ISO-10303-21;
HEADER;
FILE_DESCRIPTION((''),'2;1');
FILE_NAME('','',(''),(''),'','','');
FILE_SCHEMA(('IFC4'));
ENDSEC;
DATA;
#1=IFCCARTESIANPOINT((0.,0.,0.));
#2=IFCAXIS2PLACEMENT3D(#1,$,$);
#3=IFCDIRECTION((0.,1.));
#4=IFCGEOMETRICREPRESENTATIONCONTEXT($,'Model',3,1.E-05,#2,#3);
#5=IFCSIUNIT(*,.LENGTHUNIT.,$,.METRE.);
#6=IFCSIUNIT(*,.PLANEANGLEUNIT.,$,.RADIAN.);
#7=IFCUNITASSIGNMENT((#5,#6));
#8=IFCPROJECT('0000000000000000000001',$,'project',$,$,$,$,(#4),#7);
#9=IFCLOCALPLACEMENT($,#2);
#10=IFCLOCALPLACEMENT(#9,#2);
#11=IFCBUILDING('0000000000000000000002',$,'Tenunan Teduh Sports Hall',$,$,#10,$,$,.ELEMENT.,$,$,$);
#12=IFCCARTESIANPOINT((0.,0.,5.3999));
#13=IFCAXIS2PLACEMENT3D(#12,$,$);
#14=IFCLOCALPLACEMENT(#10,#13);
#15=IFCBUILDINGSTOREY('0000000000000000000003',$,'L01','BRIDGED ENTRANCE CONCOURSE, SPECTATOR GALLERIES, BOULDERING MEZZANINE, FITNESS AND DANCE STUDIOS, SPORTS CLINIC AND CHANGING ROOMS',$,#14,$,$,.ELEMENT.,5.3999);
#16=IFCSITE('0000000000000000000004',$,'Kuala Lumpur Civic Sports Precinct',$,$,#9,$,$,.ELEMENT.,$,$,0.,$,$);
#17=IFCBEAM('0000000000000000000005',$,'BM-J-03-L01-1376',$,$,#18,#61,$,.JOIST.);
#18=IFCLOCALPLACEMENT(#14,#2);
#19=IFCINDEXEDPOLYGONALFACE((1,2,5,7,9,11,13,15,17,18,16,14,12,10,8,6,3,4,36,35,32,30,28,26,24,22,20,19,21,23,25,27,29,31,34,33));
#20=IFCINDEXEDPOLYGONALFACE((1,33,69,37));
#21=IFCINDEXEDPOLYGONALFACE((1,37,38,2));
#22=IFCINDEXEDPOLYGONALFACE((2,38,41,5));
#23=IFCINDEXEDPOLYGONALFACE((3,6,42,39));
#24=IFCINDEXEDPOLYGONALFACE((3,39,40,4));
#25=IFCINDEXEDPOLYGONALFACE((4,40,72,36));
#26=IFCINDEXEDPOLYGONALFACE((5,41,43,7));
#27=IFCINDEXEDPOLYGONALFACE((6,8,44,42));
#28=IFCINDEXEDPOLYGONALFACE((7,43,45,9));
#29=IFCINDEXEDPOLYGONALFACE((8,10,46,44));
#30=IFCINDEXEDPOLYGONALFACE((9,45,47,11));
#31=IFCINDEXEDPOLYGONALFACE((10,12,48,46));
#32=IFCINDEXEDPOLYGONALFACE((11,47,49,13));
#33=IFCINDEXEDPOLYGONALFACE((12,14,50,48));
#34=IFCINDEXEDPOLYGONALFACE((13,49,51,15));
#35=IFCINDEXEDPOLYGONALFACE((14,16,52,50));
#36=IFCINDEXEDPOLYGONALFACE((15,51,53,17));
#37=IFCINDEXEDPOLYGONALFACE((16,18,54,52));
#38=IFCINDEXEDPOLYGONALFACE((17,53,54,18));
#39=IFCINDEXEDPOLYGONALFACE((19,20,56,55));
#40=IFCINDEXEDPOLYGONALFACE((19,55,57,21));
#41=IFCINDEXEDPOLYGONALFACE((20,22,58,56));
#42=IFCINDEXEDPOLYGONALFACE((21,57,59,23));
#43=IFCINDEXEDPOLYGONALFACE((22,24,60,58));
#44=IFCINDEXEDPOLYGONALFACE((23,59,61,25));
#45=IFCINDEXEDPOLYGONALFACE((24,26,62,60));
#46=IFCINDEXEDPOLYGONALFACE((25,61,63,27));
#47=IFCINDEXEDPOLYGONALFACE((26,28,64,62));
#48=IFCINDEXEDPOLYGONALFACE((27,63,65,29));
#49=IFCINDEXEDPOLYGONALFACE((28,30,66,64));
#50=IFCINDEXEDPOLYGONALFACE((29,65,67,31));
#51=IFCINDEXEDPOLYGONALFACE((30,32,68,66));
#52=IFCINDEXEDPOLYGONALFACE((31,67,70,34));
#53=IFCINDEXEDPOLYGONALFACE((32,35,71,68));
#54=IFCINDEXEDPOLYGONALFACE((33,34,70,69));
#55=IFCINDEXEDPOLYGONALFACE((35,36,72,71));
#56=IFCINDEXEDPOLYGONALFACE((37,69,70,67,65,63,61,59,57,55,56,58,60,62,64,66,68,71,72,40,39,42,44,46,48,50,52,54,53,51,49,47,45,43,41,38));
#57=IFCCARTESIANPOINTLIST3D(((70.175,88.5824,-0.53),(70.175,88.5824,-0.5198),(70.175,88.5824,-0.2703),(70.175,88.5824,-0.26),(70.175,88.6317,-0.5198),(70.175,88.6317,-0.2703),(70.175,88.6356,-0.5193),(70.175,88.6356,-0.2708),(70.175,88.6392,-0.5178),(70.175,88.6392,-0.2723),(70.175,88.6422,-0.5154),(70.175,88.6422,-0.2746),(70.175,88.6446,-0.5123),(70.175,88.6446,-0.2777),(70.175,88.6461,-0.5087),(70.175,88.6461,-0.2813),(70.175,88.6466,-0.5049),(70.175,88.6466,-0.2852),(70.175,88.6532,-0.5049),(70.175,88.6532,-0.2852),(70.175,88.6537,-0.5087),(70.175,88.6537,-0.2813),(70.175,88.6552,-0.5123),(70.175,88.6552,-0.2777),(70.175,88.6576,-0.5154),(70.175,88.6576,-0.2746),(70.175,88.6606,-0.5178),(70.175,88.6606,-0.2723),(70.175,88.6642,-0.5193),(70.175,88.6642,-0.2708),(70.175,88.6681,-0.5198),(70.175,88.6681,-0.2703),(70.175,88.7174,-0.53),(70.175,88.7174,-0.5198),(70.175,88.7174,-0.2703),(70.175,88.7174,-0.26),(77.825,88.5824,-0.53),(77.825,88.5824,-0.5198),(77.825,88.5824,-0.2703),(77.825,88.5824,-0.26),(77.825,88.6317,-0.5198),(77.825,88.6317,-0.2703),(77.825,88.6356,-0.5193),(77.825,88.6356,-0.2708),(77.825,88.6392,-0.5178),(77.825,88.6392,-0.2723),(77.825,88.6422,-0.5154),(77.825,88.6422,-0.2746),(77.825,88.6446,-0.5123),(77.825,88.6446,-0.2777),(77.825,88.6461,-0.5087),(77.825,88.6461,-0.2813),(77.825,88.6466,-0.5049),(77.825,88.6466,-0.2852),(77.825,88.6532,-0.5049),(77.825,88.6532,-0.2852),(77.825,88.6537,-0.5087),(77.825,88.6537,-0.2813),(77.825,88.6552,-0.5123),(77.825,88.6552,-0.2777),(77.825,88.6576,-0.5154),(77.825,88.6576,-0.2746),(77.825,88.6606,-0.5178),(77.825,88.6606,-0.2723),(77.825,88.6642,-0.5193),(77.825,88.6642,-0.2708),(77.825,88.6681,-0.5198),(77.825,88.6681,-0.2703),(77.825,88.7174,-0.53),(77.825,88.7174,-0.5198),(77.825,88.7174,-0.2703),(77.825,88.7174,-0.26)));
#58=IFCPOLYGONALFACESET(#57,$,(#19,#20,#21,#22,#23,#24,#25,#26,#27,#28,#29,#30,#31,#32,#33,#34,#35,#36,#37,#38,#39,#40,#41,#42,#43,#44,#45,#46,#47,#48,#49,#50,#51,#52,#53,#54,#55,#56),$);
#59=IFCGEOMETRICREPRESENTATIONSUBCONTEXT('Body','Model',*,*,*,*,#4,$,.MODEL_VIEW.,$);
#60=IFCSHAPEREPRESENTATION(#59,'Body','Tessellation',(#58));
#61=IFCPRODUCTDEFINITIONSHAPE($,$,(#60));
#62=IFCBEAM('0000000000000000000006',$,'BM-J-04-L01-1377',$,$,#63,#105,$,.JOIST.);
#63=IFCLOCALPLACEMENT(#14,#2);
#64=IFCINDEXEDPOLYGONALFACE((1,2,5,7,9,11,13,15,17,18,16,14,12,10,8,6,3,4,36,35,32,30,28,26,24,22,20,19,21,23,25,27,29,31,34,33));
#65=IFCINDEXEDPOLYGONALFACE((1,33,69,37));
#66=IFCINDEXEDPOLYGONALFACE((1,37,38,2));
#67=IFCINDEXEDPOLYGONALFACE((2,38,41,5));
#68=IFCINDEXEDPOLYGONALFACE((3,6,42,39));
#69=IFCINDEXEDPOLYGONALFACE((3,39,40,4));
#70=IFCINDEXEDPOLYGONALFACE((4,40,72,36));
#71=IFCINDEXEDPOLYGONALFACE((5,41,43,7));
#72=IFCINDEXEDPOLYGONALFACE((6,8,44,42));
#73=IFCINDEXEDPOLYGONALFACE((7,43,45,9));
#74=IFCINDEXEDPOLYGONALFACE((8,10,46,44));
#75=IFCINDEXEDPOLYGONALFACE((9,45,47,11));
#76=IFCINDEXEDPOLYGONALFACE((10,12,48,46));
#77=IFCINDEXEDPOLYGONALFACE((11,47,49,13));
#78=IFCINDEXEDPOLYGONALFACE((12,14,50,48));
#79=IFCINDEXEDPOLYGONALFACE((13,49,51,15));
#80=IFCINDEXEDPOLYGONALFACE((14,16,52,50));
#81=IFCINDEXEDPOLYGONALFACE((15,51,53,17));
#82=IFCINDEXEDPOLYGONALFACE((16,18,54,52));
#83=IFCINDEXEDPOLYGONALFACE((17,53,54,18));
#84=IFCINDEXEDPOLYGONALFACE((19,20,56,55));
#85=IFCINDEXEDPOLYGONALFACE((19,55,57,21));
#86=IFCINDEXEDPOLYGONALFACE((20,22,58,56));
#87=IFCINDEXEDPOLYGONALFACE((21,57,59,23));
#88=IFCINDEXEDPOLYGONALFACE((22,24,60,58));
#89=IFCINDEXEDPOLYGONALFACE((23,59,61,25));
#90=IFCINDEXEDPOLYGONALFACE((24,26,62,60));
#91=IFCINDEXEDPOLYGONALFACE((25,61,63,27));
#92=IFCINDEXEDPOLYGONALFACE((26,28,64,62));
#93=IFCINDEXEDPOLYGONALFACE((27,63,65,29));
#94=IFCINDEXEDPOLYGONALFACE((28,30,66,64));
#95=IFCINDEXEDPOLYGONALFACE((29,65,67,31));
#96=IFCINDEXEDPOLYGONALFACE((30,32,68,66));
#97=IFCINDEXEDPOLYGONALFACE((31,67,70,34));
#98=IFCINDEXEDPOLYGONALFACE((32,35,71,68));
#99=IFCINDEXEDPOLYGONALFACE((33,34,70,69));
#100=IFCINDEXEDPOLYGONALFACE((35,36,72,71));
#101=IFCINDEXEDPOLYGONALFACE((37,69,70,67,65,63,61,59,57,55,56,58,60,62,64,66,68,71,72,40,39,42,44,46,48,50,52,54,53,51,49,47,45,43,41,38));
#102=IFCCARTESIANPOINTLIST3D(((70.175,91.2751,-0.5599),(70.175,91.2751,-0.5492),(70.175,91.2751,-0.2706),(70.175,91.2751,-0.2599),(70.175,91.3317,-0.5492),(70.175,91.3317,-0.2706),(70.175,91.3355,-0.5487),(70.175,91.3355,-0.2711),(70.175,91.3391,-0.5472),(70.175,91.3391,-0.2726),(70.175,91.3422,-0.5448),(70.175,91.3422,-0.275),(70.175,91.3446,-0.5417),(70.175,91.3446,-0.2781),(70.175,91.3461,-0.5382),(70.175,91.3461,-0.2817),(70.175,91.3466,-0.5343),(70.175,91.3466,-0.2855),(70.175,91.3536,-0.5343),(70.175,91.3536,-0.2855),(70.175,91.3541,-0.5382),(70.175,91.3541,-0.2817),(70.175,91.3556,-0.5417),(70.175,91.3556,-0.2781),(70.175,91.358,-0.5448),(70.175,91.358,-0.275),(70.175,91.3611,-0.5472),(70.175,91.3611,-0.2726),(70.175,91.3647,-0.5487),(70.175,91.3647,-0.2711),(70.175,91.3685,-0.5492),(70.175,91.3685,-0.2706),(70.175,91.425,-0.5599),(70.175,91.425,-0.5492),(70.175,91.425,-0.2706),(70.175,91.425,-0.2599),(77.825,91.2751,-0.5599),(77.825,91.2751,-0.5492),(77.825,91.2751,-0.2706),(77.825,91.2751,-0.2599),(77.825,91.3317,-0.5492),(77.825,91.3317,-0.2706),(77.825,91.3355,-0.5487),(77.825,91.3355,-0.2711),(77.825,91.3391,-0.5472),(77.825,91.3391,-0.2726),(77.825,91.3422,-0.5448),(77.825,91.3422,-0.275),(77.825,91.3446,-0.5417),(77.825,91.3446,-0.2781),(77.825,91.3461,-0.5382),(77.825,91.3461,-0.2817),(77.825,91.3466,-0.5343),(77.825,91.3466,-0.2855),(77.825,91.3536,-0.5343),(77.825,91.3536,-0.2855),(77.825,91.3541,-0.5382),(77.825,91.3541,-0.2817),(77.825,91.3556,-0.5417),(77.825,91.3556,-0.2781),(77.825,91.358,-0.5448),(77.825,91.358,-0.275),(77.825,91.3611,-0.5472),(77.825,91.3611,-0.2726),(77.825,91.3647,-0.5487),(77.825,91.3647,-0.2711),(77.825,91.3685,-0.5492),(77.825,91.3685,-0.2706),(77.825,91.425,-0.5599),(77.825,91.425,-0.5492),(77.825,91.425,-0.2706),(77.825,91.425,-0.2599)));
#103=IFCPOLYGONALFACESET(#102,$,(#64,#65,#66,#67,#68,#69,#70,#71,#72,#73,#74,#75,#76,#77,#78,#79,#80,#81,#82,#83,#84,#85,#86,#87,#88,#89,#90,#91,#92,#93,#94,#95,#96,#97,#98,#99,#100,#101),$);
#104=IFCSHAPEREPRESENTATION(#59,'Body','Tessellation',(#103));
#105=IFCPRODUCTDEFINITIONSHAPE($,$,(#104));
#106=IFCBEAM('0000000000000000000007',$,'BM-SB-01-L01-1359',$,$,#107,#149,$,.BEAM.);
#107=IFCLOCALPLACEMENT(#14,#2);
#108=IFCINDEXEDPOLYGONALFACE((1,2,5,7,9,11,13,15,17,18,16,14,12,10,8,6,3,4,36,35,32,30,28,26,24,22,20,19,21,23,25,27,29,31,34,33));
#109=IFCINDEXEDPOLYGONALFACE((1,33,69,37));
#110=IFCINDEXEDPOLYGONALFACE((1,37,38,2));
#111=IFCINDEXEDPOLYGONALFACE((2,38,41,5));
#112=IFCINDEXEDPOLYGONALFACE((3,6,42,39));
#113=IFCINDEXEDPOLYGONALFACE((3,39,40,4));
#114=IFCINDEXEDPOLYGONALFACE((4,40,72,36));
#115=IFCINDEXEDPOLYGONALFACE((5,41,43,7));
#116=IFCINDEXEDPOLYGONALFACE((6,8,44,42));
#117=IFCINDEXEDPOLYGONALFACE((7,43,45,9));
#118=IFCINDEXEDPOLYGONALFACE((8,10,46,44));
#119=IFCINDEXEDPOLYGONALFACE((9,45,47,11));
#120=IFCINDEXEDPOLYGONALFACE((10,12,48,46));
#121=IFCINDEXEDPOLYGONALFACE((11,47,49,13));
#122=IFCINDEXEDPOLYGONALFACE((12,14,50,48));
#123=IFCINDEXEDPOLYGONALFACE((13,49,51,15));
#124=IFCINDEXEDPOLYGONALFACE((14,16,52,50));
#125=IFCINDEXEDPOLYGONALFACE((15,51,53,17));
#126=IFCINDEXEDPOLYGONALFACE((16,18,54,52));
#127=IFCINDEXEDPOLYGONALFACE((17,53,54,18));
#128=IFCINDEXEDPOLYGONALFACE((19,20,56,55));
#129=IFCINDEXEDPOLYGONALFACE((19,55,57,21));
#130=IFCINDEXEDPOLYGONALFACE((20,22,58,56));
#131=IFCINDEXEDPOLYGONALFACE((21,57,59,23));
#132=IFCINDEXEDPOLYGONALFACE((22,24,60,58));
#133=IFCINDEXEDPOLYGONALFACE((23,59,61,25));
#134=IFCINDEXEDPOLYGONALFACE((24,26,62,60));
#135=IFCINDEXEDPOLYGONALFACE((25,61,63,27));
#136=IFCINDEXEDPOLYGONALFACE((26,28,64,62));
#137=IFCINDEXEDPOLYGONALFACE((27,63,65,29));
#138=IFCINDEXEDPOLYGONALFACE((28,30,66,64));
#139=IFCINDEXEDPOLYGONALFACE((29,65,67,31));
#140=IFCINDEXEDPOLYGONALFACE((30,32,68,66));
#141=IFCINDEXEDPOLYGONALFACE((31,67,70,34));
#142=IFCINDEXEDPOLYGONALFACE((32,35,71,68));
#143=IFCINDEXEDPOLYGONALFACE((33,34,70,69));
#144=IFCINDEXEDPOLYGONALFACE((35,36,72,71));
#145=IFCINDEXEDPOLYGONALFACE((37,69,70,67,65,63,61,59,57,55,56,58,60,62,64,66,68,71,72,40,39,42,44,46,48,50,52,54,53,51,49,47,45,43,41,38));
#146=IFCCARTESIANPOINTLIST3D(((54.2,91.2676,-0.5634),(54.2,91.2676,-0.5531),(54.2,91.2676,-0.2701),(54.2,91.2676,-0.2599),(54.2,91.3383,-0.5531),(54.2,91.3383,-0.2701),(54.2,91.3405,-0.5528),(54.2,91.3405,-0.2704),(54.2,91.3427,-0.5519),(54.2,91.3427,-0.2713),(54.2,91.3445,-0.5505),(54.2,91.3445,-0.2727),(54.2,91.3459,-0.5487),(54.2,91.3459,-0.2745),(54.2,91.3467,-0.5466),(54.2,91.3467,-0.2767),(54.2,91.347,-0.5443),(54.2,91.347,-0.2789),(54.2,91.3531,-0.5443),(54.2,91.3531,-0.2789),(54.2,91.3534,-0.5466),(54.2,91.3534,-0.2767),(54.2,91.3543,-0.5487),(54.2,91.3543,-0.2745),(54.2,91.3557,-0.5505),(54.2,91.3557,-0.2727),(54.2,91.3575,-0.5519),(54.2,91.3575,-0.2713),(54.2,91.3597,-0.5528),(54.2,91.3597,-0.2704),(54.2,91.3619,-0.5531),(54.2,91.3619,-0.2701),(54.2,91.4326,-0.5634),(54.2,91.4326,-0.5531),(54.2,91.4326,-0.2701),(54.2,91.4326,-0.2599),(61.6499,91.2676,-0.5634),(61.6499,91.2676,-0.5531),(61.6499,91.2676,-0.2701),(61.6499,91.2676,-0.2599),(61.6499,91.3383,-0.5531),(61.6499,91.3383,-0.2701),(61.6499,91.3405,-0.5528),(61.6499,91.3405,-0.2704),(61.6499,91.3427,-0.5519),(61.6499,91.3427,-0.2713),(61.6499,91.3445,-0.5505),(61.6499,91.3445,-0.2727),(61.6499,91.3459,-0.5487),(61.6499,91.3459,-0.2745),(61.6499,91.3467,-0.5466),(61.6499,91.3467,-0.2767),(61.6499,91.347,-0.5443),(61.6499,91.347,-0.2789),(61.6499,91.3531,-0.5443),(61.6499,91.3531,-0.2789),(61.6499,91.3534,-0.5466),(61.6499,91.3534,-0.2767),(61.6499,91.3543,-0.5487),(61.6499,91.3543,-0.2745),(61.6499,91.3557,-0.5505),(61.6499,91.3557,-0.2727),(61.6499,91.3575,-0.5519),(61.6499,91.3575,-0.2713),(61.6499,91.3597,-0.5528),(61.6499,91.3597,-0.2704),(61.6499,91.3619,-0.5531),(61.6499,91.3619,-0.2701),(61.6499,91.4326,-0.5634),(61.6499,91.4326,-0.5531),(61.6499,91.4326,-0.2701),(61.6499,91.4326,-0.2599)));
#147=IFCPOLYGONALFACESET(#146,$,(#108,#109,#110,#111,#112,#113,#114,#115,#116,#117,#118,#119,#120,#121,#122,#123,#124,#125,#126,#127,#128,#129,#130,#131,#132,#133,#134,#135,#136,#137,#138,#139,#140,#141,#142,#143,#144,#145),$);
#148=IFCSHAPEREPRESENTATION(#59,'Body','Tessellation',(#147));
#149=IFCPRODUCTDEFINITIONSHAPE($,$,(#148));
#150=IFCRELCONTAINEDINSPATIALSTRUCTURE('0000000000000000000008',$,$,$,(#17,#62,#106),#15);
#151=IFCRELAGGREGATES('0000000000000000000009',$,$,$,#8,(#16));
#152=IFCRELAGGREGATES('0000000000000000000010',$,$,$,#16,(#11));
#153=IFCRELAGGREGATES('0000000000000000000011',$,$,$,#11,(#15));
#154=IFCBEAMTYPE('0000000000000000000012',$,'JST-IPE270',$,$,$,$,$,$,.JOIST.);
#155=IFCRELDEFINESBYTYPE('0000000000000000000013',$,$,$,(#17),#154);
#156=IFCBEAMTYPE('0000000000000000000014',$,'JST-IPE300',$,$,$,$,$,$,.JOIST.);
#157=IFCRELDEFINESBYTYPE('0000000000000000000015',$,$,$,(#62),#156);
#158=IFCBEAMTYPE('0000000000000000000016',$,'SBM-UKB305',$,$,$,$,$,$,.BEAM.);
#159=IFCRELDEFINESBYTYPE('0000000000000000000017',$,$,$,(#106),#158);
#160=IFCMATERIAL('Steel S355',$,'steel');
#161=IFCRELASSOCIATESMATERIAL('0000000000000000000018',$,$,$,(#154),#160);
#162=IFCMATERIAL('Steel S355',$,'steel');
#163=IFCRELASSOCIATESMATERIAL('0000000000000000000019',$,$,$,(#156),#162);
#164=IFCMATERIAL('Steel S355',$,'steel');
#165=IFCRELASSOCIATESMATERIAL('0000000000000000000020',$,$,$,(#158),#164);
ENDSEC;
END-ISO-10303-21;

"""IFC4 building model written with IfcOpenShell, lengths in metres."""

from ifc_helpers import new_model, si_unit, direction, frame, origin, origin_2d, place, context, subcontext, project, spatial, i_section, extrude, material, material_profile, profile_set, type_object, element, save


model = new_model("IFC4")

# Units and contexts
model_context = context("Model", 3, precision=1e-05, world=origin(), true_north=direction((0.0, 1.0)))
body_context = subcontext(model_context, "Body", "Model", "MODEL_VIEW")
ifc_project = project(units=[si_unit("LENGTHUNIT", "METRE"), si_unit("PLANEANGLEUNIT", "RADIAN")], contexts=[model_context])

# Site, building, storey
site_placement = place(None, origin())
site = spatial("IfcSite", under=ifc_project, at=site_placement, Name="Kuala Lumpur Civic Sports Precinct", CompositionType="ELEMENT", RefElevation=0.0)
building_placement = place(site_placement, origin())
building = spatial("IfcBuilding", under=site, at=building_placement, Name="Tenunan Teduh Sports Hall", CompositionType="ELEMENT")
storey_placement = place(building_placement, frame((0.0, 0.0, 5.3999)))
storey = spatial("IfcBuildingStorey", under=building, at=storey_placement, Name="L01", Description="BRIDGED ENTRANCE CONCOURSE, SPECTATOR GALLERIES, BOULDERING MEZZANINE, FITNESS AND DANCE STUDIOS, SPORTS CLINIC AND CHANGING ROOMS", CompositionType="ELEMENT", Elevation=5.3999)

# Beams
ifc_material_1 = material(Name="Steel S355", Category="steel")
ifc_material_profile_1 = material_profile(ifc_material_1, i_section(OverallWidth=0.135, OverallDepth=0.27, WebThickness=0.0066, FlangeThickness=0.0103, FilletRadius=0.0149, at=origin_2d()), Name="IPE 270")
ifc_profile_set_1 = profile_set([ifc_material_profile_1], Name="Steel S355")
beam_type_1 = type_object("IfcBeamType", Name="JST-IPE270", PredefinedType="JOIST", material=ifc_profile_set_1)
beam_1_placement = place(storey_placement, frame((70.175, 88.6499, -0.395), z_axis=(1.0, 0.0, 0.0), x_axis=(0.0, 1.0, 0.0)))
element("IfcBeam", 1, at=beam_1_placement, inside=storey, type_object=beam_type_1, Name="BM-J-03-L01-1376", PredefinedType="JOIST", context=body_context, shape_type="SweptSolid", body=[
    extrude(i_section(OverallWidth=0.135, OverallDepth=0.27, WebThickness=0.0066, FlangeThickness=0.0103, FilletRadius=0.0149, at=origin_2d()), origin(), (0.0, 0.0, 1.0), 7.6499),
])
ifc_material_2 = material(Name="Steel S355", Category="steel")
ifc_material_profile_2 = material_profile(ifc_material_2, i_section(OverallWidth=0.1499, OverallDepth=0.3, WebThickness=0.0071, FlangeThickness=0.0107, FilletRadius=0.0149, at=origin_2d()), Name="IPE 300")
ifc_profile_set_2 = profile_set([ifc_material_profile_2], Name="Steel S355")
beam_type_2 = type_object("IfcBeamType", Name="JST-IPE300", PredefinedType="JOIST", material=ifc_profile_set_2)
beam_2_placement = place(storey_placement, frame((70.175, 91.3501, -0.4099), z_axis=(1.0, 0.0, 0.0), x_axis=(0.0, 1.0, 0.0)))
element("IfcBeam", 2, at=beam_2_placement, inside=storey, type_object=beam_type_2, Name="BM-J-04-L01-1377", PredefinedType="JOIST", context=body_context, shape_type="SweptSolid", body=[
    extrude(i_section(OverallWidth=0.1499, OverallDepth=0.3, WebThickness=0.0071, FlangeThickness=0.0107, FilletRadius=0.0149, at=origin_2d()), origin(), (0.0, 0.0, 1.0), 7.6499),
])
ifc_material_3 = material(Name="Steel S355", Category="steel")
ifc_material_profile_3 = material_profile(ifc_material_3, i_section(OverallWidth=0.165, OverallDepth=0.3035, WebThickness=0.0061, FlangeThickness=0.0103, FilletRadius=0.0088, at=origin_2d()), Name="UKB 305x165x40")
ifc_profile_set_3 = profile_set([ifc_material_profile_3], Name="Steel S355")
beam_type_3 = type_object("IfcBeamType", Name="SBM-UKB305", PredefinedType="BEAM", material=ifc_profile_set_3)
beam_3_placement = place(storey_placement, frame((54.2, 91.3501, -0.4116), z_axis=(1.0, 0.0, 0.0), x_axis=(0.0, 1.0, 0.0)))
element("IfcBeam", 3, at=beam_3_placement, inside=storey, type_object=beam_type_3, Name="BM-SB-01-L01-1359", PredefinedType="BEAM", context=body_context, shape_type="SweptSolid", body=[
    extrude(i_section(OverallWidth=0.165, OverallDepth=0.3035, WebThickness=0.0061, FlangeThickness=0.0103, FilletRadius=0.0088, at=origin_2d()), origin(), (0.0, 0.0, 1.0), 7.45),
])

save(model, "model.ifc")
